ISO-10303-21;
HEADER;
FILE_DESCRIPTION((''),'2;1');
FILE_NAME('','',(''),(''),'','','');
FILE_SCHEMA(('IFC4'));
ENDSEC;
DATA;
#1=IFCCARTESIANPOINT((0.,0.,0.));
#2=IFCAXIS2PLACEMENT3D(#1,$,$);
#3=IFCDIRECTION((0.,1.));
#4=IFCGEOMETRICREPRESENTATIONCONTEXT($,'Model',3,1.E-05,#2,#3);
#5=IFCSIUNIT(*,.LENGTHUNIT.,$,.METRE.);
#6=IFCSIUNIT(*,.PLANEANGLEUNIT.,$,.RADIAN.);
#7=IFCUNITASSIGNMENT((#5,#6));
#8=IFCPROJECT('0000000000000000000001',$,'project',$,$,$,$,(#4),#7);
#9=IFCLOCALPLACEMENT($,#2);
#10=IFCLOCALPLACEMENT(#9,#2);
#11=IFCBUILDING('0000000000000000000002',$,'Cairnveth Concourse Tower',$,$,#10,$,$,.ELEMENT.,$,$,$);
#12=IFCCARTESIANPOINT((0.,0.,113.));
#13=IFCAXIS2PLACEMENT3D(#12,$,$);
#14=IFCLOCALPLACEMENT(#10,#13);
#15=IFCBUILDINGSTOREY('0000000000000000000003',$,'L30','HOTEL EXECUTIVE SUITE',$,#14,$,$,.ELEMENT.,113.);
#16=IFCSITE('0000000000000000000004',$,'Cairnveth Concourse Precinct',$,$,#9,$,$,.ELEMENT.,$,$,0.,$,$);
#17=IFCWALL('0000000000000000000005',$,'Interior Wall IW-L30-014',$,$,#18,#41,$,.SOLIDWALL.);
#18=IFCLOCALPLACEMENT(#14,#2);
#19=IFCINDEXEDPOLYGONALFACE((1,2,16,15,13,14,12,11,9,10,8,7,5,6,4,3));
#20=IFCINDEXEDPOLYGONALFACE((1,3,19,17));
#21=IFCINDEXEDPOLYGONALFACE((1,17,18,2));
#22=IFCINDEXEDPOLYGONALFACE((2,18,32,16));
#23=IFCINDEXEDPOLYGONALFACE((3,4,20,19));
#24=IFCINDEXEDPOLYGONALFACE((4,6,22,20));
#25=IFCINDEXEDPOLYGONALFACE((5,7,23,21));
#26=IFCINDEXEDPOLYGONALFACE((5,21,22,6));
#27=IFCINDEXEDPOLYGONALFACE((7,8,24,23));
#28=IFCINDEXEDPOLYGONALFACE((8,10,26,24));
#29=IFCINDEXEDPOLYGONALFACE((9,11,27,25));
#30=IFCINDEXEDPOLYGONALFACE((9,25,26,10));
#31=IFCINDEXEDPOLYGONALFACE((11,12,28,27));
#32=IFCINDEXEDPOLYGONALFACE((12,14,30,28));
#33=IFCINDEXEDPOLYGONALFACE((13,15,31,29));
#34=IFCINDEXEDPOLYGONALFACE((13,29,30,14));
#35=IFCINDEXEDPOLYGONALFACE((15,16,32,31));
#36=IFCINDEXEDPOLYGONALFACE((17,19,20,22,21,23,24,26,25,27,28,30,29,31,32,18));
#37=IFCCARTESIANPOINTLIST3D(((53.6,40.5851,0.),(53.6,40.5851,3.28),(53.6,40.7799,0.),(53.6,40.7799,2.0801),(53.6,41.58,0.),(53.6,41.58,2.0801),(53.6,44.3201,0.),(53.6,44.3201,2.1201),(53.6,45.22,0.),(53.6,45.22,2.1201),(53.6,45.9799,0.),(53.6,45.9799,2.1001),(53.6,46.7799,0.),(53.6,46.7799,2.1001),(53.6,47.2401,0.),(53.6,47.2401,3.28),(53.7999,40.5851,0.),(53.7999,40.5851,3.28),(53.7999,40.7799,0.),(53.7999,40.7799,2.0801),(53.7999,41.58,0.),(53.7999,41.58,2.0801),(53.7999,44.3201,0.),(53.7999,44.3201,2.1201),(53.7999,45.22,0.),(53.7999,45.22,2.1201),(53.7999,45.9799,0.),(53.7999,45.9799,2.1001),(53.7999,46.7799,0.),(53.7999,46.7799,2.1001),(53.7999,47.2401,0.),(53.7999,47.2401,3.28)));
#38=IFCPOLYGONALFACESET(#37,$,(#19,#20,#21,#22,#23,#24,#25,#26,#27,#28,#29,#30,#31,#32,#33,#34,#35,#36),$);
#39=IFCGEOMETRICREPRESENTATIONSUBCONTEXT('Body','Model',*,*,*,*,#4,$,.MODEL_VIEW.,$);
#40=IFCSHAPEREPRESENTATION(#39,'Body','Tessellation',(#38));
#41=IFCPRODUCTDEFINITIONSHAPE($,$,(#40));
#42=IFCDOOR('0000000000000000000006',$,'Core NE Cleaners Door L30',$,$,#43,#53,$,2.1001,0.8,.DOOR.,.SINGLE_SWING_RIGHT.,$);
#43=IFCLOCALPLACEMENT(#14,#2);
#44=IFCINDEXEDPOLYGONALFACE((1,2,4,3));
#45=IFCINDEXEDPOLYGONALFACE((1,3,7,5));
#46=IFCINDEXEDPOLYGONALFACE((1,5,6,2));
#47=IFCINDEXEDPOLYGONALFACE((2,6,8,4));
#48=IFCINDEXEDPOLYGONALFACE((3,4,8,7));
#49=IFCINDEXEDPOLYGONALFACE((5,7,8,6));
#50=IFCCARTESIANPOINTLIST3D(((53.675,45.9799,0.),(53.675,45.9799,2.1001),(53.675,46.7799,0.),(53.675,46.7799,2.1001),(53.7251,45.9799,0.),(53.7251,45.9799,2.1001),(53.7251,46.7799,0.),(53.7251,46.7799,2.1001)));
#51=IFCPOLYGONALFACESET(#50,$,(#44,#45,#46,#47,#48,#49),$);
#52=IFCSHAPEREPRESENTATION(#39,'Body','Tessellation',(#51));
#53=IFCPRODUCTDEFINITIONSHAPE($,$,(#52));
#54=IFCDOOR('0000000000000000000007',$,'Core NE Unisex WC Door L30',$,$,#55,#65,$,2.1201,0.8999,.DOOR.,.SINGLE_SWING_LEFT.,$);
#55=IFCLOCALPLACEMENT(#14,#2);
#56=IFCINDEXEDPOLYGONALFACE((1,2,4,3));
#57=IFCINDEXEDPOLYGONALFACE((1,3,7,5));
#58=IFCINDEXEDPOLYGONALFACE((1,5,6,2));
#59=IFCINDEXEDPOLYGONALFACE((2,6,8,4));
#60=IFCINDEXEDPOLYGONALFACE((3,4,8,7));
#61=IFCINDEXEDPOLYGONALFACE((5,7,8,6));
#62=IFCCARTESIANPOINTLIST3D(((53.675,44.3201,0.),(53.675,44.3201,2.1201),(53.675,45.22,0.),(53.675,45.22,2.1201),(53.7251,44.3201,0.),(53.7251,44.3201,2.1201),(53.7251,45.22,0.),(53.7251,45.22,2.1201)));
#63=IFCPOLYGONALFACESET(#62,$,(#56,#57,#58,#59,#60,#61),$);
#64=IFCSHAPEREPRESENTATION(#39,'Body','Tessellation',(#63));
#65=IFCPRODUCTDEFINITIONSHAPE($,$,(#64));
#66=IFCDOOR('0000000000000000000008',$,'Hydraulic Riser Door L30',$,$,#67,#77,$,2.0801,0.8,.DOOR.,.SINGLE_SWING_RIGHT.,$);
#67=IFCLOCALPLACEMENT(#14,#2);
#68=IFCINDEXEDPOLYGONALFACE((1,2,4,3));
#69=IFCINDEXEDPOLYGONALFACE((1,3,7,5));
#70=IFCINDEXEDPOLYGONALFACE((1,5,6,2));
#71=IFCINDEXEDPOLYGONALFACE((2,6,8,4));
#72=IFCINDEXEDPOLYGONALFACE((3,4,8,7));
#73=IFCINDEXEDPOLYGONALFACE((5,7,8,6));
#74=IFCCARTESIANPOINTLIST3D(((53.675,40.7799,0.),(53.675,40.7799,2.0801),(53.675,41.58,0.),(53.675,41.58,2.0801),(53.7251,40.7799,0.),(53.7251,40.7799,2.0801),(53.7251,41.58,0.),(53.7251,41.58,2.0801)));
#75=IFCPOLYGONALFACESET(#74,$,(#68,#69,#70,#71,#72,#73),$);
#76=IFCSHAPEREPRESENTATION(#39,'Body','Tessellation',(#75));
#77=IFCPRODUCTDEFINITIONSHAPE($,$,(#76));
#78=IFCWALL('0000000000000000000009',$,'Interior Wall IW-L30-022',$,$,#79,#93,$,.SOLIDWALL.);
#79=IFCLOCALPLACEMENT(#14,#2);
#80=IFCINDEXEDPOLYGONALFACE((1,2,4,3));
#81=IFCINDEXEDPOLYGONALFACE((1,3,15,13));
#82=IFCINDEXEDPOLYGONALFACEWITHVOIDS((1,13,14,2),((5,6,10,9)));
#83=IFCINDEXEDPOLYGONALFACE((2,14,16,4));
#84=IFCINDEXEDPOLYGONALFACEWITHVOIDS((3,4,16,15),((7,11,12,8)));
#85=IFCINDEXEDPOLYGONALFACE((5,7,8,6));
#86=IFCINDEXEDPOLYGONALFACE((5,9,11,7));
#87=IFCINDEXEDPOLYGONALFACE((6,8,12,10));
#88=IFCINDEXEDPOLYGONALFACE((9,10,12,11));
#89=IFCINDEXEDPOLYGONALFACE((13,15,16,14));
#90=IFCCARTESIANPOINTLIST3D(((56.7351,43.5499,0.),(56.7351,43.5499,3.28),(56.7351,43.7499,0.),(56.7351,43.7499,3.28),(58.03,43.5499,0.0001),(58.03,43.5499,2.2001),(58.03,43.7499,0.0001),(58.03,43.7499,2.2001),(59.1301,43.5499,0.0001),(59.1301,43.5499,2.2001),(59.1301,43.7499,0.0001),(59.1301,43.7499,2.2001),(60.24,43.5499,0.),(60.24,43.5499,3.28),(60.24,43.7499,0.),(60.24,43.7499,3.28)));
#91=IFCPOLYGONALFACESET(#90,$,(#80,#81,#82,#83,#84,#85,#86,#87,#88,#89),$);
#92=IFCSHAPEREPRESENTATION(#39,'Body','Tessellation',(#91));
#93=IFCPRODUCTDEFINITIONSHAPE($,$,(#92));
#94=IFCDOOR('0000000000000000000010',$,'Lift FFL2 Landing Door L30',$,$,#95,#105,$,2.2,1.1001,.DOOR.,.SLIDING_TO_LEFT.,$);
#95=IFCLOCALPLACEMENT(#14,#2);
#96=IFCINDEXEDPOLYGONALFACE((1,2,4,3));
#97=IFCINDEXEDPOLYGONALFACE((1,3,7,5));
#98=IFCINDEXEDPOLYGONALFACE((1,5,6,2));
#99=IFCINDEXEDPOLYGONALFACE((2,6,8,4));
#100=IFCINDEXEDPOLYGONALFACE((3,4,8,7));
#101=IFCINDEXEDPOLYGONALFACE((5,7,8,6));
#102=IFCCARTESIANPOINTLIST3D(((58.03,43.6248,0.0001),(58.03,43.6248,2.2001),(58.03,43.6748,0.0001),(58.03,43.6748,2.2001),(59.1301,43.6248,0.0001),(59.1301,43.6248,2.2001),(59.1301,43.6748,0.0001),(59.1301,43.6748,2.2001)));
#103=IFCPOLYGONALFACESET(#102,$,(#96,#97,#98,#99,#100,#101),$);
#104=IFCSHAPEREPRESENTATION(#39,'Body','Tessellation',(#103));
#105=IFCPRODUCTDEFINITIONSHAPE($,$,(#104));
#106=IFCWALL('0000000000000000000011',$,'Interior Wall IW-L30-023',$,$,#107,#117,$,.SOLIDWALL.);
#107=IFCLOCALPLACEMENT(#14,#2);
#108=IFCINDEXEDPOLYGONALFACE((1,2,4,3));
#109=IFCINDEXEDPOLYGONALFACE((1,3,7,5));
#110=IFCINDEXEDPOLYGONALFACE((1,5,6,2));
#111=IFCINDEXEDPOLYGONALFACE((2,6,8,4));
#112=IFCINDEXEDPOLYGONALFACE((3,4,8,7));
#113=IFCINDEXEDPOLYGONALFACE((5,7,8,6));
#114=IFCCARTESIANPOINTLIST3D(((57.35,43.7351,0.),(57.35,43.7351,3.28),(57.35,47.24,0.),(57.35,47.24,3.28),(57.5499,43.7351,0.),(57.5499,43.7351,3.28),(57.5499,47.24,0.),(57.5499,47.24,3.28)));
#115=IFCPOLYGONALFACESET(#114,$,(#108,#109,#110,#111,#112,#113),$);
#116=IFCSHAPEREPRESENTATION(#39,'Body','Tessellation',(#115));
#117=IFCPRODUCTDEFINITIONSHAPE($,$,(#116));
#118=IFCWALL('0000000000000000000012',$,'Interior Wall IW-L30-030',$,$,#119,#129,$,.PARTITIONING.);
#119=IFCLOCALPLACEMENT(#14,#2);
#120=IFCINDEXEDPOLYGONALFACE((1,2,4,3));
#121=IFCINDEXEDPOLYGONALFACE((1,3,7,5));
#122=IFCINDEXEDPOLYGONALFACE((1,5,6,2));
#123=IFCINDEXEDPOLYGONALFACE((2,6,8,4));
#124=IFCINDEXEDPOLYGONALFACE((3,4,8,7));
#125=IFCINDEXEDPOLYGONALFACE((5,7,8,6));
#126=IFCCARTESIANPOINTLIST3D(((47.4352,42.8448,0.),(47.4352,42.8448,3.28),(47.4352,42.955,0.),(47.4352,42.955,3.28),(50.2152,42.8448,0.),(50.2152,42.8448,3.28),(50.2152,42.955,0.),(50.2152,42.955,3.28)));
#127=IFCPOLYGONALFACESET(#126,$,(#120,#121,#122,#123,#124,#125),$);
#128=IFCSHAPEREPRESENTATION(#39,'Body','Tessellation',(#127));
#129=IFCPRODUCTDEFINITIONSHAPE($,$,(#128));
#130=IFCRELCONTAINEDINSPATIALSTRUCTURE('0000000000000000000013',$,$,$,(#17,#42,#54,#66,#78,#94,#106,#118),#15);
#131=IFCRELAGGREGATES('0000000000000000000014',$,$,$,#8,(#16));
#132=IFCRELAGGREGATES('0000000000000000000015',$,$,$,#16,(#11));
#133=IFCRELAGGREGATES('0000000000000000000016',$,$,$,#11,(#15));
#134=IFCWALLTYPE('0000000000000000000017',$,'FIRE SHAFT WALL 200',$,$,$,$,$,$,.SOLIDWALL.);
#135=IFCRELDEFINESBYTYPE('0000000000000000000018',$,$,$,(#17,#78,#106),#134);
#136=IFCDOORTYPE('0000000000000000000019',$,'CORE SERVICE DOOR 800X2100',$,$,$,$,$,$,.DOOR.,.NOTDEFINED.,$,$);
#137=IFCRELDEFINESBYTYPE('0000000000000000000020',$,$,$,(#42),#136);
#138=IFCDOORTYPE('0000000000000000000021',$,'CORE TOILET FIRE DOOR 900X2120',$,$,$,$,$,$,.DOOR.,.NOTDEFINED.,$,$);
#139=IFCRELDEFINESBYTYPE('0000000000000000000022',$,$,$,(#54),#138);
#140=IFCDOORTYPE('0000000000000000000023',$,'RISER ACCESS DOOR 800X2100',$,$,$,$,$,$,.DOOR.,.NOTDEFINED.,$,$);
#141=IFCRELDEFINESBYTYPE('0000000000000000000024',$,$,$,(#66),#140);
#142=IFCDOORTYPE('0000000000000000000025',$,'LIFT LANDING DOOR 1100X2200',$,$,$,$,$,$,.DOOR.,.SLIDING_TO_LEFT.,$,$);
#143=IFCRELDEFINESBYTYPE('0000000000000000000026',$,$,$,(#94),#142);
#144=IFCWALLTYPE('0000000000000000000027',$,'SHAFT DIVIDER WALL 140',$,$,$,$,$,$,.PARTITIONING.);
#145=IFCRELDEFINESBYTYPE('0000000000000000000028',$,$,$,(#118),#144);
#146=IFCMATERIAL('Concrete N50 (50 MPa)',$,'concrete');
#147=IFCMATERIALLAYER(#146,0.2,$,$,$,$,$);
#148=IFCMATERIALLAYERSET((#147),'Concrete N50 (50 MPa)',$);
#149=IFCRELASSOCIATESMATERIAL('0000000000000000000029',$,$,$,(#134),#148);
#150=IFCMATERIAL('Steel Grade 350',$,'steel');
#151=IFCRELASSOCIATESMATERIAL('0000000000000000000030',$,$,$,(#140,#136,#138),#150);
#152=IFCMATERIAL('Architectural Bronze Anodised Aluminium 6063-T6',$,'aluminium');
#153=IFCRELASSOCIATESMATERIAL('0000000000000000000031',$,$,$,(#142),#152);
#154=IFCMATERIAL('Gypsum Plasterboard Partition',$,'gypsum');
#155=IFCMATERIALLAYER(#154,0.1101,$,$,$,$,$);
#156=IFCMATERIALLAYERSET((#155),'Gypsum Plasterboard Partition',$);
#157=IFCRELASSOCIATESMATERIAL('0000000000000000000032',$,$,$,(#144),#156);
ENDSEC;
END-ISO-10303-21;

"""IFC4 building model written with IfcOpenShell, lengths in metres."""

from ifc_helpers import new_model, si_unit, direction, frame, frame_2d, origin, place, context, subcontext, project, spatial, rectangle, extrude, material, layer, layer_set, type_object, element, fill, save


model = new_model("IFC4")

# Units and contexts
model_context = context("Model", 3, precision=1e-05, world=origin(), true_north=direction((0.0, 1.0)))
body_context = subcontext(model_context, "Body", "Model", "MODEL_VIEW")
ifc_project = project(units=[si_unit("LENGTHUNIT", "METRE"), si_unit("PLANEANGLEUNIT", "RADIAN")], contexts=[model_context])

# Site, building, storey
site_placement = place(None, origin())
site = spatial("IfcSite", under=ifc_project, at=site_placement, Name="Cairnveth Concourse Precinct", CompositionType="ELEMENT", RefElevation=0.0)
building_placement = place(site_placement, origin())
building = spatial("IfcBuilding", under=site, at=building_placement, Name="Cairnveth Concourse Tower", CompositionType="ELEMENT")
storey_placement = place(building_placement, frame((0.0, 0.0, 113.0)))
storey = spatial("IfcBuildingStorey", under=building, at=storey_placement, Name="L30", Description="HOTEL EXECUTIVE SUITE", CompositionType="ELEMENT", Elevation=113.0)

# Shared definitions
ifc_material_1 = material(Name="Concrete N50 (50 MPa)", Category="concrete")
ifc_layer_1 = layer(ifc_material_1, 0.2)
ifc_layer_set_1 = layer_set([ifc_layer_1], Name="Concrete N50 (50 MPa)")
wall_type_1 = type_object("IfcWallType", Name="FIRE SHAFT WALL 200", PredefinedType="SOLIDWALL", material=ifc_layer_set_1)

# Shared definitions
ifc_material_2 = material(Name="Steel Grade 350", Category="steel")
door_type_1 = type_object("IfcDoorType", Name="RISER ACCESS DOOR 800X2100", OperationType="NOTDEFINED", PredefinedType="DOOR", material=ifc_material_2)

# Wall, openings, doors
wall_1_placement = place(storey_placement, frame((53.7, 40.585, 0.0), z_axis=(0.0, 0.0, 1.0), x_axis=(0.0, 1.0, 0.0)))
wall_1 = element("IfcWall", 1, at=wall_1_placement, inside=storey, type_object=wall_type_1, Name="Interior Wall IW-L30-014", PredefinedType="SOLIDWALL", context=body_context, shape_type="SweptSolid", body=[
    extrude(rectangle(XDim=6.655, YDim=0.2, at=frame_2d((3.3276, 0.0))), origin(), (0.0, 0.0, 1.0), 3.28),
])
opening_1_placement = place(wall_1_placement, frame((0.1951, 0.0, 0.0)))
opening_1 = element("IfcOpeningElement", 2, at=opening_1_placement, cuts=wall_1, PredefinedType="OPENING", context=body_context, shape_type="SweptSolid", body=[
    extrude(rectangle(XDim=0.8, YDim=2.0801, at=frame_2d((0.3999, 1.04))), frame((0.0, 0.1099, 0.0), z_axis=(0.0, -1.0, 0.0), x_axis=(1.0, 0.0, 0.0)), (0.0, 0.0, 1.0), 0.22),
])
opening_2_placement = place(wall_1_placement, frame((3.7351, 0.0, 0.0)))
opening_2 = element("IfcOpeningElement", 3, at=opening_2_placement, cuts=wall_1, PredefinedType="OPENING", context=body_context, shape_type="SweptSolid", body=[
    extrude(rectangle(XDim=0.8999, YDim=2.1201, at=frame_2d((0.45, 1.0601))), frame((0.0, 0.1099, 0.0), z_axis=(0.0, -1.0, 0.0), x_axis=(1.0, 0.0, 0.0)), (0.0, 0.0, 1.0), 0.22),
])
opening_3_placement = place(wall_1_placement, frame((5.395, 0.0, 0.0)))
opening_3 = element("IfcOpeningElement", 4, at=opening_3_placement, cuts=wall_1, PredefinedType="OPENING", context=body_context, shape_type="SweptSolid", body=[
    extrude(rectangle(XDim=0.8, YDim=2.1001, at=frame_2d((0.3999, 1.05))), frame((0.0, 0.1099, 0.0), z_axis=(0.0, -1.0, 0.0), x_axis=(1.0, 0.0, 0.0)), (0.0, 0.0, 1.0), 0.22),
])
door_type_2 = type_object("IfcDoorType", Name="CORE SERVICE DOOR 800X2100", OperationType="NOTDEFINED", PredefinedType="DOOR", material=ifc_material_2)
door_1_placement = place(opening_3_placement, origin())
door_1 = element("IfcDoor", 5, at=door_1_placement, inside=storey, type_object=door_type_2, Name="Core NE Cleaners Door L30", OperationType="SINGLE_SWING_RIGHT", OverallHeight=2.1001, OverallWidth=0.8, PredefinedType="DOOR", context=body_context, shape_type="SweptSolid", body=[
    extrude(rectangle(XDim=0.8, YDim=2.1001, at=frame_2d((0.3999, 1.05))), frame((0.0, 0.0249, 0.0), z_axis=(0.0, -1.0, 0.0), x_axis=(1.0, 0.0, 0.0)), (0.0, 0.0, 1.0), 0.05),
])
fill(opening_3, door_1)
door_type_3 = type_object("IfcDoorType", Name="CORE TOILET FIRE DOOR 900X2120", OperationType="NOTDEFINED", PredefinedType="DOOR", material=ifc_material_2)
door_2_placement = place(opening_2_placement, origin())
door_2 = element("IfcDoor", 6, at=door_2_placement, inside=storey, type_object=door_type_3, Name="Core NE Unisex WC Door L30", OperationType="SINGLE_SWING_LEFT", OverallHeight=2.1201, OverallWidth=0.8999, PredefinedType="DOOR", context=body_context, shape_type="SweptSolid", body=[
    extrude(rectangle(XDim=0.8999, YDim=2.1201, at=frame_2d((0.45, 1.0601))), frame((0.0, 0.0249, 0.0), z_axis=(0.0, -1.0, 0.0), x_axis=(1.0, 0.0, 0.0)), (0.0, 0.0, 1.0), 0.05),
])
fill(opening_2, door_2)
door_3_placement = place(opening_1_placement, origin())
door_3 = element("IfcDoor", 7, at=door_3_placement, inside=storey, type_object=door_type_1, Name="Hydraulic Riser Door L30", OperationType="SINGLE_SWING_RIGHT", OverallHeight=2.0801, OverallWidth=0.8, PredefinedType="DOOR", context=body_context, shape_type="SweptSolid", body=[
    extrude(rectangle(XDim=0.8, YDim=2.0801, at=frame_2d((0.3999, 1.04))), frame((0.0, 0.0249, 0.0), z_axis=(0.0, -1.0, 0.0), x_axis=(1.0, 0.0, 0.0)), (0.0, 0.0, 1.0), 0.05),
])
fill(opening_1, door_3)

# Wall, opening, door
wall_2_placement = place(storey_placement, frame((56.7351, 43.6499, 0.0), z_axis=(0.0, 0.0, 1.0), x_axis=(1.0, 0.0, 0.0)))
wall_2 = element("IfcWall", 8, at=wall_2_placement, inside=storey, type_object=wall_type_1, Name="Interior Wall IW-L30-022", PredefinedType="SOLIDWALL", context=body_context, shape_type="SweptSolid", body=[
    extrude(rectangle(XDim=3.5049, YDim=0.2, at=frame_2d((1.7524, 0.0))), origin(), (0.0, 0.0, 1.0), 3.28),
])
opening_4_placement = place(wall_2_placement, frame((1.2949, 0.0, 0.0)))
opening_4 = element("IfcOpeningElement", 9, at=opening_4_placement, cuts=wall_2, PredefinedType="OPENING", context=body_context, shape_type="SweptSolid", body=[
    extrude(rectangle(XDim=1.1001, YDim=2.2, at=frame_2d((0.55, 1.1001))), frame((0.0, 0.1099, 0.0), z_axis=(0.0, -1.0, 0.0), x_axis=(1.0, 0.0, 0.0)), (0.0, 0.0, 1.0), 0.22),
])
ifc_material_3 = material(Name="Architectural Bronze Anodised Aluminium 6063-T6", Category="aluminium")
door_type_4 = type_object("IfcDoorType", Name="LIFT LANDING DOOR 1100X2200", OperationType="SLIDING_TO_LEFT", PredefinedType="DOOR", material=ifc_material_3)
door_4_placement = place(opening_4_placement, origin())
door_4 = element("IfcDoor", 10, at=door_4_placement, inside=storey, type_object=door_type_4, Name="Lift FFL2 Landing Door L30", OperationType="SLIDING_TO_LEFT", OverallHeight=2.2, OverallWidth=1.1001, PredefinedType="DOOR", context=body_context, shape_type="SweptSolid", body=[
    extrude(rectangle(XDim=1.1001, YDim=2.2, at=frame_2d((0.55, 1.1001))), frame((0.0, 0.0249, 0.0), z_axis=(0.0, -1.0, 0.0), x_axis=(1.0, 0.0, 0.0)), (0.0, 0.0, 1.0), 0.05),
])
fill(opening_4, door_4)

# Walls
wall_3_placement = place(storey_placement, frame((57.45, 43.7351, 0.0), z_axis=(0.0, 0.0, 1.0), x_axis=(0.0, 1.0, 0.0)))
element("IfcWall", 11, at=wall_3_placement, inside=storey, type_object=wall_type_1, Name="Interior Wall IW-L30-023", PredefinedType="SOLIDWALL", context=body_context, shape_type="SweptSolid", body=[
    extrude(rectangle(XDim=3.5049, YDim=0.2, at=frame_2d((1.7524, 0.0))), origin(), (0.0, 0.0, 1.0), 3.28),
])
ifc_material_4 = material(Name="Gypsum Plasterboard Partition", Category="gypsum")
ifc_layer_2 = layer(ifc_material_4, 0.1101)
ifc_layer_set_2 = layer_set([ifc_layer_2], Name="Gypsum Plasterboard Partition")
wall_type_2 = type_object("IfcWallType", Name="SHAFT DIVIDER WALL 140", PredefinedType="PARTITIONING", material=ifc_layer_set_2)
wall_4_placement = place(storey_placement, frame((47.4351, 42.8999, 0.0), z_axis=(0.0, 0.0, 1.0), x_axis=(1.0, 0.0, 0.0)))
element("IfcWall", 12, at=wall_4_placement, inside=storey, type_object=wall_type_2, Name="Interior Wall IW-L30-030", PredefinedType="PARTITIONING", context=body_context, shape_type="SweptSolid", body=[
    extrude(rectangle(XDim=2.78, YDim=0.1101, at=frame_2d((1.3901, 0.0))), origin(), (0.0, 0.0, 1.0), 3.28),
])

save(model, "model.ifc")
